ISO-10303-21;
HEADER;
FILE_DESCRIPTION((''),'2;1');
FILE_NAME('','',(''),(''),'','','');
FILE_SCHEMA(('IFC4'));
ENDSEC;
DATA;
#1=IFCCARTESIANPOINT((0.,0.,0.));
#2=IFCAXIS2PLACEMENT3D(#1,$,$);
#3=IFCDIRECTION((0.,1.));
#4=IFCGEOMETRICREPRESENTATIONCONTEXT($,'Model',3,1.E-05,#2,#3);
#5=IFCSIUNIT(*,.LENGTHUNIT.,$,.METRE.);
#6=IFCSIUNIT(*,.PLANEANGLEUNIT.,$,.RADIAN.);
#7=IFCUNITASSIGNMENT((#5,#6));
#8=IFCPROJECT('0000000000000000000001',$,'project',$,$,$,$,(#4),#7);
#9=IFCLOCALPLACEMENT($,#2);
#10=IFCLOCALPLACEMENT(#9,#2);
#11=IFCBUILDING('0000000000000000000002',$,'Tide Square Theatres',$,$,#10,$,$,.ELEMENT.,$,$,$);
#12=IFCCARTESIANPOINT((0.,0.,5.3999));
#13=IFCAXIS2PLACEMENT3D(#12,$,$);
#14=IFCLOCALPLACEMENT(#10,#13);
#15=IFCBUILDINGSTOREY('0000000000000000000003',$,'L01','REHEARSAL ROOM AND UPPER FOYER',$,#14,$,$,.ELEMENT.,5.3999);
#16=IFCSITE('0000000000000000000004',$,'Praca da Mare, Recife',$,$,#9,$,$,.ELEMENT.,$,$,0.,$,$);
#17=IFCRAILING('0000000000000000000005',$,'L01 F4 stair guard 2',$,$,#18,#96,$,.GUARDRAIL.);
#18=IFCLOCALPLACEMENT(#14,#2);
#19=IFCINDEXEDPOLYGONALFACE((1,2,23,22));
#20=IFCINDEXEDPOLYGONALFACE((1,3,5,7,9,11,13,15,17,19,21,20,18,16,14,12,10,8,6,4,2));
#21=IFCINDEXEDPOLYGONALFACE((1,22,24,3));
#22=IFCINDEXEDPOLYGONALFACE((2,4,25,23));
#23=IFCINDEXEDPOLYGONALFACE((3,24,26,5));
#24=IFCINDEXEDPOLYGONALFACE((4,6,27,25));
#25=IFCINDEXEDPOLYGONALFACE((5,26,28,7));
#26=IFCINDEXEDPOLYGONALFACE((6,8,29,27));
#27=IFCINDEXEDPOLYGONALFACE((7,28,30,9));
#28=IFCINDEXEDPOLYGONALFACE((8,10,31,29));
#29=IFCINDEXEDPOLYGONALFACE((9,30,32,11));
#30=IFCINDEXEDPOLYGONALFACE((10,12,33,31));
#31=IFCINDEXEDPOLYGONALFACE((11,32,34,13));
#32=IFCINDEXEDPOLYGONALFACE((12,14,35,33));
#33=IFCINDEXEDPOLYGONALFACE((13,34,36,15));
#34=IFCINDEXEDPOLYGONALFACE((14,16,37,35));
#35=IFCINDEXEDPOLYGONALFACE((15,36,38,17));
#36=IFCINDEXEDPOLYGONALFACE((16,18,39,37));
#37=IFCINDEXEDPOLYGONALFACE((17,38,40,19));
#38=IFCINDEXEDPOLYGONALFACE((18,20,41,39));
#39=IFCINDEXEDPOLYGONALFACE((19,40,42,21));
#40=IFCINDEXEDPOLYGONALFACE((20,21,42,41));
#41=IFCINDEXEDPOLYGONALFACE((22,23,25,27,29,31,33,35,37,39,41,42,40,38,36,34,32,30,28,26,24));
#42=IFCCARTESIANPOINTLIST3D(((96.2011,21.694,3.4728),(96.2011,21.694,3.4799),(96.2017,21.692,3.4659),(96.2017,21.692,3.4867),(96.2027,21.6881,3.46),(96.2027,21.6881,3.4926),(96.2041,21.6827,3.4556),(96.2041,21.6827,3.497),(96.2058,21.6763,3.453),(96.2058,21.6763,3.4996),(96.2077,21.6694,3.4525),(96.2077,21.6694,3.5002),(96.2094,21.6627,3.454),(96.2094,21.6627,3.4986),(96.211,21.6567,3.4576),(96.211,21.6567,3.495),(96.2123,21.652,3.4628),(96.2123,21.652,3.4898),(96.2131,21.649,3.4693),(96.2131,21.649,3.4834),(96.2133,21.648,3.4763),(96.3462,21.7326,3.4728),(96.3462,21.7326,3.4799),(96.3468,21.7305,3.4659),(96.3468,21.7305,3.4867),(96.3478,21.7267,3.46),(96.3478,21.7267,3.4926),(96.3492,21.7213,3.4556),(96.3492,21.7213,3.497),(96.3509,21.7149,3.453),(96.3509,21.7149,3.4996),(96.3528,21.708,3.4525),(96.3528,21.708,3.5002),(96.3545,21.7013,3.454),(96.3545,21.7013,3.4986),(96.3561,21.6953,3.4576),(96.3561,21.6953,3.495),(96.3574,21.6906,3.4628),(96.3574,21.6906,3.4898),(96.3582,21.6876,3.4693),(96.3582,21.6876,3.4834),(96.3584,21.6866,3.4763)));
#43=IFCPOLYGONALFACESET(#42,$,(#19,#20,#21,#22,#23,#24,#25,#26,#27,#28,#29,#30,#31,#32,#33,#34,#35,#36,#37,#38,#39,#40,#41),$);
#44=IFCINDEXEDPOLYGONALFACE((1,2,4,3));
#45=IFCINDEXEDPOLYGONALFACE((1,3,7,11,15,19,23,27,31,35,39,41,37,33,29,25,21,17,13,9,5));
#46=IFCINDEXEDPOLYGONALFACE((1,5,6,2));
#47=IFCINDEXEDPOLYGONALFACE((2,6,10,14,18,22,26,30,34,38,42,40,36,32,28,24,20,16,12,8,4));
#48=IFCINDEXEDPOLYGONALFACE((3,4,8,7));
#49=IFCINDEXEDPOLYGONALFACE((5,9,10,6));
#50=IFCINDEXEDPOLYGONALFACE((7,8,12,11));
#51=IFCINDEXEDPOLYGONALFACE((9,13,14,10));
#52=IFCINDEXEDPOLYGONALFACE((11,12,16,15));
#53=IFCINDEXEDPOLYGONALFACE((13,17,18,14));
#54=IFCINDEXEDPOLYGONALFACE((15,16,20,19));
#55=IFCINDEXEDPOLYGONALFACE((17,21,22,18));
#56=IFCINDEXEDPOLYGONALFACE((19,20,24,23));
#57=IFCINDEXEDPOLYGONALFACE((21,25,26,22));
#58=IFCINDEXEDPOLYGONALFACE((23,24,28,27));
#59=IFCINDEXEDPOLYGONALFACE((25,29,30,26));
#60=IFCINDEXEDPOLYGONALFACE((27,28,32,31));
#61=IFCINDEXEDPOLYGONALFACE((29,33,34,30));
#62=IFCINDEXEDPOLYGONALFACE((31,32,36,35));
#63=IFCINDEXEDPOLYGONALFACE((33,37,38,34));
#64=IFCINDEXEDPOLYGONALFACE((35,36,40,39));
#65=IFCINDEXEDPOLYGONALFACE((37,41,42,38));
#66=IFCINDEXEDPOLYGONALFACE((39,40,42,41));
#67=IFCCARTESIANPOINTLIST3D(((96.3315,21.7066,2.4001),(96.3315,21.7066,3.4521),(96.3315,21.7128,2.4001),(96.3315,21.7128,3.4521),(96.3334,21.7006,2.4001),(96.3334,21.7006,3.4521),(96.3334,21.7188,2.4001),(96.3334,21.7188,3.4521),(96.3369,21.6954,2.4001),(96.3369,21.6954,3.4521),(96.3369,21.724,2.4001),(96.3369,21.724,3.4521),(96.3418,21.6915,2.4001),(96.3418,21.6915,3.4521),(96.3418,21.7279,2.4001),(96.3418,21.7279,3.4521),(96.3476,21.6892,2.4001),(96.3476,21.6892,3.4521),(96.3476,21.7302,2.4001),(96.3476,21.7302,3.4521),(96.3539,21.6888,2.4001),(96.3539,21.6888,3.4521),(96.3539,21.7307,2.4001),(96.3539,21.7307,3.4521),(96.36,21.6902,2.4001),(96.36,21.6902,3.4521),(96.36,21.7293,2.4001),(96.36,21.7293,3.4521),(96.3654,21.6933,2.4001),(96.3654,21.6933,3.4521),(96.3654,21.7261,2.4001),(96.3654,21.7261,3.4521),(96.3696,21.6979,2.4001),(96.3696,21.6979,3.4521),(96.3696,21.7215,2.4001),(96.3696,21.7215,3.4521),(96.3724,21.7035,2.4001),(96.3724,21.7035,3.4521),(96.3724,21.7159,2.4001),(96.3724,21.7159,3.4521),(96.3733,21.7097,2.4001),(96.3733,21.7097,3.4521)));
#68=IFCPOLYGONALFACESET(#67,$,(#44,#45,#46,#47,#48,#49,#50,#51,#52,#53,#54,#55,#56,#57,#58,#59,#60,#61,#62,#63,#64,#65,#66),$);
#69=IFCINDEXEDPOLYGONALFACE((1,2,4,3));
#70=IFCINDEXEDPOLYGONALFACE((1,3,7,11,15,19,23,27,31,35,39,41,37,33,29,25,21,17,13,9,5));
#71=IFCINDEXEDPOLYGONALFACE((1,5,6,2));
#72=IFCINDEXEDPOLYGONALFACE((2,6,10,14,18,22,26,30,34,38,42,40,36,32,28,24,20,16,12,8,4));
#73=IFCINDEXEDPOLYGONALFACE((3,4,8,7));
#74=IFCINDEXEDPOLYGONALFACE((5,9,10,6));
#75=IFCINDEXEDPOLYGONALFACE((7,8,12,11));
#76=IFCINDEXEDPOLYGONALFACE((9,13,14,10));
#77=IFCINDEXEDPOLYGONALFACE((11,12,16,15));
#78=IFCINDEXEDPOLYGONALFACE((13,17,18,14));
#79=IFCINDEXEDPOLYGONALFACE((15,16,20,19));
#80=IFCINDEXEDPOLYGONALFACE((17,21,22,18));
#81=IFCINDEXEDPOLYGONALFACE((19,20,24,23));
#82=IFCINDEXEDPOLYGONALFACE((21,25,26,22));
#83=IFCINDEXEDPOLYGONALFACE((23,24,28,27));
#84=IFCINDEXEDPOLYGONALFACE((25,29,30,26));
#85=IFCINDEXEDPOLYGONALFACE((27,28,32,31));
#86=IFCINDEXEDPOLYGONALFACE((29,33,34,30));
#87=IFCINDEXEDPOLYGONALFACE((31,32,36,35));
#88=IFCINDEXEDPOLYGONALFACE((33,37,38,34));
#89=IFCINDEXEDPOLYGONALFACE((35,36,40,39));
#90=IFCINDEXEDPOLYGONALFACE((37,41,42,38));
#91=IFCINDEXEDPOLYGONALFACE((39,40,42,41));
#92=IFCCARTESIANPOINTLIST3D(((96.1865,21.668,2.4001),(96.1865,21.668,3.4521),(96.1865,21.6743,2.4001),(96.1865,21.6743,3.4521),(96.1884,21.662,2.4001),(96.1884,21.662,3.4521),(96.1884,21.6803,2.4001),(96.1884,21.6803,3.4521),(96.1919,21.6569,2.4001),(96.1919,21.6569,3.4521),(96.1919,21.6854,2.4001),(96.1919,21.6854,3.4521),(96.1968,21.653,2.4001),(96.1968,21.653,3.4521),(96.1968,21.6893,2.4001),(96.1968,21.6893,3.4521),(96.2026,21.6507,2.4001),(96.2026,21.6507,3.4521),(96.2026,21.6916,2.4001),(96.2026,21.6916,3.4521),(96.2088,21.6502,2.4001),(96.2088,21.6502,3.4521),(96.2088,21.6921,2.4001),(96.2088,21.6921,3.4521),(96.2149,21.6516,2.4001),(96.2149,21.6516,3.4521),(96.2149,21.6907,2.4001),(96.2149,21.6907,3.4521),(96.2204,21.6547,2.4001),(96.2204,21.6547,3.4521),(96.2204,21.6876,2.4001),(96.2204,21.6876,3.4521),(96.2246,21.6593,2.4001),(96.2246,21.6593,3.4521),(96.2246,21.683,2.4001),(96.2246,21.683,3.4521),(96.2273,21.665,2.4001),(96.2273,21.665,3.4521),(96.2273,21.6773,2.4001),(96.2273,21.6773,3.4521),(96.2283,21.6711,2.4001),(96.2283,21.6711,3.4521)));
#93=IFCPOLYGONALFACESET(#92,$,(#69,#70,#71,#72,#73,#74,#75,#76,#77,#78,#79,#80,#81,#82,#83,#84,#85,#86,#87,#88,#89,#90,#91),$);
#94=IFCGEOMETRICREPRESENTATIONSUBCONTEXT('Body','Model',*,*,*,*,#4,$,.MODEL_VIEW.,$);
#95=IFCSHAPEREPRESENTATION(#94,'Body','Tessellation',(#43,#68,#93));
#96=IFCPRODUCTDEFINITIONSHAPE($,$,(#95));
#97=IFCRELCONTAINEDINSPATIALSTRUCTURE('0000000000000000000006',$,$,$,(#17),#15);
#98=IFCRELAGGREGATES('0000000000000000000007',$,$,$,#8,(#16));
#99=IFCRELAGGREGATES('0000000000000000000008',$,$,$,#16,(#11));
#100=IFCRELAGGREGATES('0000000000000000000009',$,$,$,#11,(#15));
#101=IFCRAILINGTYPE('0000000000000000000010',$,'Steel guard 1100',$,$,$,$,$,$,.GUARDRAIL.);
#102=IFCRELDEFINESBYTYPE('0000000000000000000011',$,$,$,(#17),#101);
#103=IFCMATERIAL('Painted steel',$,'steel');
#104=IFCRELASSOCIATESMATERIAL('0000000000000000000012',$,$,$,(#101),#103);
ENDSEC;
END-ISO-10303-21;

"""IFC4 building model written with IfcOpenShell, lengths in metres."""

from ifc_helpers import new_model, si_unit, direction, frame, origin, origin_2d, place, context, subcontext, project, spatial, circle, extrude, material, type_object, element, save


model = new_model("IFC4")

# Units and contexts
model_context = context("Model", 3, precision=1e-05, world=origin(), true_north=direction((0.0, 1.0)))
body_context = subcontext(model_context, "Body", "Model", "MODEL_VIEW")
ifc_project = project(units=[si_unit("LENGTHUNIT", "METRE"), si_unit("PLANEANGLEUNIT", "RADIAN")], contexts=[model_context])

# Site, building, storey
site_placement = place(None, origin())
site = spatial("IfcSite", under=ifc_project, at=site_placement, Name="Praca da Mare, Recife", CompositionType="ELEMENT", RefElevation=0.0)
building_placement = place(site_placement, origin())
building = spatial("IfcBuilding", under=site, at=building_placement, Name="Tide Square Theatres", CompositionType="ELEMENT")
storey_placement = place(building_placement, frame((0.0, 0.0, 5.3999)))
storey = spatial("IfcBuildingStorey", under=building, at=storey_placement, Name="L01", Description="REHEARSAL ROOM AND UPPER FOYER", CompositionType="ELEMENT", Elevation=5.3999)

# Railing
ifc_material_1 = material(Name="Painted steel", Category="steel")
railing_type_1 = type_object("IfcRailingType", Name="Steel guard 1100", PredefinedType="GUARDRAIL", material=ifc_material_1)
railing_1_placement = place(storey_placement, frame((96.3523, 21.7097, 2.4001)))
element("IfcRailing", 1, at=railing_1_placement, inside=storey, type_object=railing_type_1, Name="L01 F4 stair guard 2", PredefinedType="GUARDRAIL", context=body_context, shape_type="SweptSolid", body=[
    extrude(circle(Radius=0.0239, at=origin_2d()), frame((0.0, 0.0, 1.0762), z_axis=(-0.966397, -0.257055, 0.0), x_axis=(0.257055, -0.966397, 0.0)), (0.0, 0.0, 1.0), 0.1501),
    extrude(circle(Radius=0.021, at=origin_2d()), origin(), (0.0, 0.0, 1.0), 1.052),
    extrude(circle(Radius=0.021, at=origin_2d()), frame((-0.145, -0.0386, 0.0)), (0.0, 0.0, 1.0), 1.052),
])

save(model, "model.ifc")
